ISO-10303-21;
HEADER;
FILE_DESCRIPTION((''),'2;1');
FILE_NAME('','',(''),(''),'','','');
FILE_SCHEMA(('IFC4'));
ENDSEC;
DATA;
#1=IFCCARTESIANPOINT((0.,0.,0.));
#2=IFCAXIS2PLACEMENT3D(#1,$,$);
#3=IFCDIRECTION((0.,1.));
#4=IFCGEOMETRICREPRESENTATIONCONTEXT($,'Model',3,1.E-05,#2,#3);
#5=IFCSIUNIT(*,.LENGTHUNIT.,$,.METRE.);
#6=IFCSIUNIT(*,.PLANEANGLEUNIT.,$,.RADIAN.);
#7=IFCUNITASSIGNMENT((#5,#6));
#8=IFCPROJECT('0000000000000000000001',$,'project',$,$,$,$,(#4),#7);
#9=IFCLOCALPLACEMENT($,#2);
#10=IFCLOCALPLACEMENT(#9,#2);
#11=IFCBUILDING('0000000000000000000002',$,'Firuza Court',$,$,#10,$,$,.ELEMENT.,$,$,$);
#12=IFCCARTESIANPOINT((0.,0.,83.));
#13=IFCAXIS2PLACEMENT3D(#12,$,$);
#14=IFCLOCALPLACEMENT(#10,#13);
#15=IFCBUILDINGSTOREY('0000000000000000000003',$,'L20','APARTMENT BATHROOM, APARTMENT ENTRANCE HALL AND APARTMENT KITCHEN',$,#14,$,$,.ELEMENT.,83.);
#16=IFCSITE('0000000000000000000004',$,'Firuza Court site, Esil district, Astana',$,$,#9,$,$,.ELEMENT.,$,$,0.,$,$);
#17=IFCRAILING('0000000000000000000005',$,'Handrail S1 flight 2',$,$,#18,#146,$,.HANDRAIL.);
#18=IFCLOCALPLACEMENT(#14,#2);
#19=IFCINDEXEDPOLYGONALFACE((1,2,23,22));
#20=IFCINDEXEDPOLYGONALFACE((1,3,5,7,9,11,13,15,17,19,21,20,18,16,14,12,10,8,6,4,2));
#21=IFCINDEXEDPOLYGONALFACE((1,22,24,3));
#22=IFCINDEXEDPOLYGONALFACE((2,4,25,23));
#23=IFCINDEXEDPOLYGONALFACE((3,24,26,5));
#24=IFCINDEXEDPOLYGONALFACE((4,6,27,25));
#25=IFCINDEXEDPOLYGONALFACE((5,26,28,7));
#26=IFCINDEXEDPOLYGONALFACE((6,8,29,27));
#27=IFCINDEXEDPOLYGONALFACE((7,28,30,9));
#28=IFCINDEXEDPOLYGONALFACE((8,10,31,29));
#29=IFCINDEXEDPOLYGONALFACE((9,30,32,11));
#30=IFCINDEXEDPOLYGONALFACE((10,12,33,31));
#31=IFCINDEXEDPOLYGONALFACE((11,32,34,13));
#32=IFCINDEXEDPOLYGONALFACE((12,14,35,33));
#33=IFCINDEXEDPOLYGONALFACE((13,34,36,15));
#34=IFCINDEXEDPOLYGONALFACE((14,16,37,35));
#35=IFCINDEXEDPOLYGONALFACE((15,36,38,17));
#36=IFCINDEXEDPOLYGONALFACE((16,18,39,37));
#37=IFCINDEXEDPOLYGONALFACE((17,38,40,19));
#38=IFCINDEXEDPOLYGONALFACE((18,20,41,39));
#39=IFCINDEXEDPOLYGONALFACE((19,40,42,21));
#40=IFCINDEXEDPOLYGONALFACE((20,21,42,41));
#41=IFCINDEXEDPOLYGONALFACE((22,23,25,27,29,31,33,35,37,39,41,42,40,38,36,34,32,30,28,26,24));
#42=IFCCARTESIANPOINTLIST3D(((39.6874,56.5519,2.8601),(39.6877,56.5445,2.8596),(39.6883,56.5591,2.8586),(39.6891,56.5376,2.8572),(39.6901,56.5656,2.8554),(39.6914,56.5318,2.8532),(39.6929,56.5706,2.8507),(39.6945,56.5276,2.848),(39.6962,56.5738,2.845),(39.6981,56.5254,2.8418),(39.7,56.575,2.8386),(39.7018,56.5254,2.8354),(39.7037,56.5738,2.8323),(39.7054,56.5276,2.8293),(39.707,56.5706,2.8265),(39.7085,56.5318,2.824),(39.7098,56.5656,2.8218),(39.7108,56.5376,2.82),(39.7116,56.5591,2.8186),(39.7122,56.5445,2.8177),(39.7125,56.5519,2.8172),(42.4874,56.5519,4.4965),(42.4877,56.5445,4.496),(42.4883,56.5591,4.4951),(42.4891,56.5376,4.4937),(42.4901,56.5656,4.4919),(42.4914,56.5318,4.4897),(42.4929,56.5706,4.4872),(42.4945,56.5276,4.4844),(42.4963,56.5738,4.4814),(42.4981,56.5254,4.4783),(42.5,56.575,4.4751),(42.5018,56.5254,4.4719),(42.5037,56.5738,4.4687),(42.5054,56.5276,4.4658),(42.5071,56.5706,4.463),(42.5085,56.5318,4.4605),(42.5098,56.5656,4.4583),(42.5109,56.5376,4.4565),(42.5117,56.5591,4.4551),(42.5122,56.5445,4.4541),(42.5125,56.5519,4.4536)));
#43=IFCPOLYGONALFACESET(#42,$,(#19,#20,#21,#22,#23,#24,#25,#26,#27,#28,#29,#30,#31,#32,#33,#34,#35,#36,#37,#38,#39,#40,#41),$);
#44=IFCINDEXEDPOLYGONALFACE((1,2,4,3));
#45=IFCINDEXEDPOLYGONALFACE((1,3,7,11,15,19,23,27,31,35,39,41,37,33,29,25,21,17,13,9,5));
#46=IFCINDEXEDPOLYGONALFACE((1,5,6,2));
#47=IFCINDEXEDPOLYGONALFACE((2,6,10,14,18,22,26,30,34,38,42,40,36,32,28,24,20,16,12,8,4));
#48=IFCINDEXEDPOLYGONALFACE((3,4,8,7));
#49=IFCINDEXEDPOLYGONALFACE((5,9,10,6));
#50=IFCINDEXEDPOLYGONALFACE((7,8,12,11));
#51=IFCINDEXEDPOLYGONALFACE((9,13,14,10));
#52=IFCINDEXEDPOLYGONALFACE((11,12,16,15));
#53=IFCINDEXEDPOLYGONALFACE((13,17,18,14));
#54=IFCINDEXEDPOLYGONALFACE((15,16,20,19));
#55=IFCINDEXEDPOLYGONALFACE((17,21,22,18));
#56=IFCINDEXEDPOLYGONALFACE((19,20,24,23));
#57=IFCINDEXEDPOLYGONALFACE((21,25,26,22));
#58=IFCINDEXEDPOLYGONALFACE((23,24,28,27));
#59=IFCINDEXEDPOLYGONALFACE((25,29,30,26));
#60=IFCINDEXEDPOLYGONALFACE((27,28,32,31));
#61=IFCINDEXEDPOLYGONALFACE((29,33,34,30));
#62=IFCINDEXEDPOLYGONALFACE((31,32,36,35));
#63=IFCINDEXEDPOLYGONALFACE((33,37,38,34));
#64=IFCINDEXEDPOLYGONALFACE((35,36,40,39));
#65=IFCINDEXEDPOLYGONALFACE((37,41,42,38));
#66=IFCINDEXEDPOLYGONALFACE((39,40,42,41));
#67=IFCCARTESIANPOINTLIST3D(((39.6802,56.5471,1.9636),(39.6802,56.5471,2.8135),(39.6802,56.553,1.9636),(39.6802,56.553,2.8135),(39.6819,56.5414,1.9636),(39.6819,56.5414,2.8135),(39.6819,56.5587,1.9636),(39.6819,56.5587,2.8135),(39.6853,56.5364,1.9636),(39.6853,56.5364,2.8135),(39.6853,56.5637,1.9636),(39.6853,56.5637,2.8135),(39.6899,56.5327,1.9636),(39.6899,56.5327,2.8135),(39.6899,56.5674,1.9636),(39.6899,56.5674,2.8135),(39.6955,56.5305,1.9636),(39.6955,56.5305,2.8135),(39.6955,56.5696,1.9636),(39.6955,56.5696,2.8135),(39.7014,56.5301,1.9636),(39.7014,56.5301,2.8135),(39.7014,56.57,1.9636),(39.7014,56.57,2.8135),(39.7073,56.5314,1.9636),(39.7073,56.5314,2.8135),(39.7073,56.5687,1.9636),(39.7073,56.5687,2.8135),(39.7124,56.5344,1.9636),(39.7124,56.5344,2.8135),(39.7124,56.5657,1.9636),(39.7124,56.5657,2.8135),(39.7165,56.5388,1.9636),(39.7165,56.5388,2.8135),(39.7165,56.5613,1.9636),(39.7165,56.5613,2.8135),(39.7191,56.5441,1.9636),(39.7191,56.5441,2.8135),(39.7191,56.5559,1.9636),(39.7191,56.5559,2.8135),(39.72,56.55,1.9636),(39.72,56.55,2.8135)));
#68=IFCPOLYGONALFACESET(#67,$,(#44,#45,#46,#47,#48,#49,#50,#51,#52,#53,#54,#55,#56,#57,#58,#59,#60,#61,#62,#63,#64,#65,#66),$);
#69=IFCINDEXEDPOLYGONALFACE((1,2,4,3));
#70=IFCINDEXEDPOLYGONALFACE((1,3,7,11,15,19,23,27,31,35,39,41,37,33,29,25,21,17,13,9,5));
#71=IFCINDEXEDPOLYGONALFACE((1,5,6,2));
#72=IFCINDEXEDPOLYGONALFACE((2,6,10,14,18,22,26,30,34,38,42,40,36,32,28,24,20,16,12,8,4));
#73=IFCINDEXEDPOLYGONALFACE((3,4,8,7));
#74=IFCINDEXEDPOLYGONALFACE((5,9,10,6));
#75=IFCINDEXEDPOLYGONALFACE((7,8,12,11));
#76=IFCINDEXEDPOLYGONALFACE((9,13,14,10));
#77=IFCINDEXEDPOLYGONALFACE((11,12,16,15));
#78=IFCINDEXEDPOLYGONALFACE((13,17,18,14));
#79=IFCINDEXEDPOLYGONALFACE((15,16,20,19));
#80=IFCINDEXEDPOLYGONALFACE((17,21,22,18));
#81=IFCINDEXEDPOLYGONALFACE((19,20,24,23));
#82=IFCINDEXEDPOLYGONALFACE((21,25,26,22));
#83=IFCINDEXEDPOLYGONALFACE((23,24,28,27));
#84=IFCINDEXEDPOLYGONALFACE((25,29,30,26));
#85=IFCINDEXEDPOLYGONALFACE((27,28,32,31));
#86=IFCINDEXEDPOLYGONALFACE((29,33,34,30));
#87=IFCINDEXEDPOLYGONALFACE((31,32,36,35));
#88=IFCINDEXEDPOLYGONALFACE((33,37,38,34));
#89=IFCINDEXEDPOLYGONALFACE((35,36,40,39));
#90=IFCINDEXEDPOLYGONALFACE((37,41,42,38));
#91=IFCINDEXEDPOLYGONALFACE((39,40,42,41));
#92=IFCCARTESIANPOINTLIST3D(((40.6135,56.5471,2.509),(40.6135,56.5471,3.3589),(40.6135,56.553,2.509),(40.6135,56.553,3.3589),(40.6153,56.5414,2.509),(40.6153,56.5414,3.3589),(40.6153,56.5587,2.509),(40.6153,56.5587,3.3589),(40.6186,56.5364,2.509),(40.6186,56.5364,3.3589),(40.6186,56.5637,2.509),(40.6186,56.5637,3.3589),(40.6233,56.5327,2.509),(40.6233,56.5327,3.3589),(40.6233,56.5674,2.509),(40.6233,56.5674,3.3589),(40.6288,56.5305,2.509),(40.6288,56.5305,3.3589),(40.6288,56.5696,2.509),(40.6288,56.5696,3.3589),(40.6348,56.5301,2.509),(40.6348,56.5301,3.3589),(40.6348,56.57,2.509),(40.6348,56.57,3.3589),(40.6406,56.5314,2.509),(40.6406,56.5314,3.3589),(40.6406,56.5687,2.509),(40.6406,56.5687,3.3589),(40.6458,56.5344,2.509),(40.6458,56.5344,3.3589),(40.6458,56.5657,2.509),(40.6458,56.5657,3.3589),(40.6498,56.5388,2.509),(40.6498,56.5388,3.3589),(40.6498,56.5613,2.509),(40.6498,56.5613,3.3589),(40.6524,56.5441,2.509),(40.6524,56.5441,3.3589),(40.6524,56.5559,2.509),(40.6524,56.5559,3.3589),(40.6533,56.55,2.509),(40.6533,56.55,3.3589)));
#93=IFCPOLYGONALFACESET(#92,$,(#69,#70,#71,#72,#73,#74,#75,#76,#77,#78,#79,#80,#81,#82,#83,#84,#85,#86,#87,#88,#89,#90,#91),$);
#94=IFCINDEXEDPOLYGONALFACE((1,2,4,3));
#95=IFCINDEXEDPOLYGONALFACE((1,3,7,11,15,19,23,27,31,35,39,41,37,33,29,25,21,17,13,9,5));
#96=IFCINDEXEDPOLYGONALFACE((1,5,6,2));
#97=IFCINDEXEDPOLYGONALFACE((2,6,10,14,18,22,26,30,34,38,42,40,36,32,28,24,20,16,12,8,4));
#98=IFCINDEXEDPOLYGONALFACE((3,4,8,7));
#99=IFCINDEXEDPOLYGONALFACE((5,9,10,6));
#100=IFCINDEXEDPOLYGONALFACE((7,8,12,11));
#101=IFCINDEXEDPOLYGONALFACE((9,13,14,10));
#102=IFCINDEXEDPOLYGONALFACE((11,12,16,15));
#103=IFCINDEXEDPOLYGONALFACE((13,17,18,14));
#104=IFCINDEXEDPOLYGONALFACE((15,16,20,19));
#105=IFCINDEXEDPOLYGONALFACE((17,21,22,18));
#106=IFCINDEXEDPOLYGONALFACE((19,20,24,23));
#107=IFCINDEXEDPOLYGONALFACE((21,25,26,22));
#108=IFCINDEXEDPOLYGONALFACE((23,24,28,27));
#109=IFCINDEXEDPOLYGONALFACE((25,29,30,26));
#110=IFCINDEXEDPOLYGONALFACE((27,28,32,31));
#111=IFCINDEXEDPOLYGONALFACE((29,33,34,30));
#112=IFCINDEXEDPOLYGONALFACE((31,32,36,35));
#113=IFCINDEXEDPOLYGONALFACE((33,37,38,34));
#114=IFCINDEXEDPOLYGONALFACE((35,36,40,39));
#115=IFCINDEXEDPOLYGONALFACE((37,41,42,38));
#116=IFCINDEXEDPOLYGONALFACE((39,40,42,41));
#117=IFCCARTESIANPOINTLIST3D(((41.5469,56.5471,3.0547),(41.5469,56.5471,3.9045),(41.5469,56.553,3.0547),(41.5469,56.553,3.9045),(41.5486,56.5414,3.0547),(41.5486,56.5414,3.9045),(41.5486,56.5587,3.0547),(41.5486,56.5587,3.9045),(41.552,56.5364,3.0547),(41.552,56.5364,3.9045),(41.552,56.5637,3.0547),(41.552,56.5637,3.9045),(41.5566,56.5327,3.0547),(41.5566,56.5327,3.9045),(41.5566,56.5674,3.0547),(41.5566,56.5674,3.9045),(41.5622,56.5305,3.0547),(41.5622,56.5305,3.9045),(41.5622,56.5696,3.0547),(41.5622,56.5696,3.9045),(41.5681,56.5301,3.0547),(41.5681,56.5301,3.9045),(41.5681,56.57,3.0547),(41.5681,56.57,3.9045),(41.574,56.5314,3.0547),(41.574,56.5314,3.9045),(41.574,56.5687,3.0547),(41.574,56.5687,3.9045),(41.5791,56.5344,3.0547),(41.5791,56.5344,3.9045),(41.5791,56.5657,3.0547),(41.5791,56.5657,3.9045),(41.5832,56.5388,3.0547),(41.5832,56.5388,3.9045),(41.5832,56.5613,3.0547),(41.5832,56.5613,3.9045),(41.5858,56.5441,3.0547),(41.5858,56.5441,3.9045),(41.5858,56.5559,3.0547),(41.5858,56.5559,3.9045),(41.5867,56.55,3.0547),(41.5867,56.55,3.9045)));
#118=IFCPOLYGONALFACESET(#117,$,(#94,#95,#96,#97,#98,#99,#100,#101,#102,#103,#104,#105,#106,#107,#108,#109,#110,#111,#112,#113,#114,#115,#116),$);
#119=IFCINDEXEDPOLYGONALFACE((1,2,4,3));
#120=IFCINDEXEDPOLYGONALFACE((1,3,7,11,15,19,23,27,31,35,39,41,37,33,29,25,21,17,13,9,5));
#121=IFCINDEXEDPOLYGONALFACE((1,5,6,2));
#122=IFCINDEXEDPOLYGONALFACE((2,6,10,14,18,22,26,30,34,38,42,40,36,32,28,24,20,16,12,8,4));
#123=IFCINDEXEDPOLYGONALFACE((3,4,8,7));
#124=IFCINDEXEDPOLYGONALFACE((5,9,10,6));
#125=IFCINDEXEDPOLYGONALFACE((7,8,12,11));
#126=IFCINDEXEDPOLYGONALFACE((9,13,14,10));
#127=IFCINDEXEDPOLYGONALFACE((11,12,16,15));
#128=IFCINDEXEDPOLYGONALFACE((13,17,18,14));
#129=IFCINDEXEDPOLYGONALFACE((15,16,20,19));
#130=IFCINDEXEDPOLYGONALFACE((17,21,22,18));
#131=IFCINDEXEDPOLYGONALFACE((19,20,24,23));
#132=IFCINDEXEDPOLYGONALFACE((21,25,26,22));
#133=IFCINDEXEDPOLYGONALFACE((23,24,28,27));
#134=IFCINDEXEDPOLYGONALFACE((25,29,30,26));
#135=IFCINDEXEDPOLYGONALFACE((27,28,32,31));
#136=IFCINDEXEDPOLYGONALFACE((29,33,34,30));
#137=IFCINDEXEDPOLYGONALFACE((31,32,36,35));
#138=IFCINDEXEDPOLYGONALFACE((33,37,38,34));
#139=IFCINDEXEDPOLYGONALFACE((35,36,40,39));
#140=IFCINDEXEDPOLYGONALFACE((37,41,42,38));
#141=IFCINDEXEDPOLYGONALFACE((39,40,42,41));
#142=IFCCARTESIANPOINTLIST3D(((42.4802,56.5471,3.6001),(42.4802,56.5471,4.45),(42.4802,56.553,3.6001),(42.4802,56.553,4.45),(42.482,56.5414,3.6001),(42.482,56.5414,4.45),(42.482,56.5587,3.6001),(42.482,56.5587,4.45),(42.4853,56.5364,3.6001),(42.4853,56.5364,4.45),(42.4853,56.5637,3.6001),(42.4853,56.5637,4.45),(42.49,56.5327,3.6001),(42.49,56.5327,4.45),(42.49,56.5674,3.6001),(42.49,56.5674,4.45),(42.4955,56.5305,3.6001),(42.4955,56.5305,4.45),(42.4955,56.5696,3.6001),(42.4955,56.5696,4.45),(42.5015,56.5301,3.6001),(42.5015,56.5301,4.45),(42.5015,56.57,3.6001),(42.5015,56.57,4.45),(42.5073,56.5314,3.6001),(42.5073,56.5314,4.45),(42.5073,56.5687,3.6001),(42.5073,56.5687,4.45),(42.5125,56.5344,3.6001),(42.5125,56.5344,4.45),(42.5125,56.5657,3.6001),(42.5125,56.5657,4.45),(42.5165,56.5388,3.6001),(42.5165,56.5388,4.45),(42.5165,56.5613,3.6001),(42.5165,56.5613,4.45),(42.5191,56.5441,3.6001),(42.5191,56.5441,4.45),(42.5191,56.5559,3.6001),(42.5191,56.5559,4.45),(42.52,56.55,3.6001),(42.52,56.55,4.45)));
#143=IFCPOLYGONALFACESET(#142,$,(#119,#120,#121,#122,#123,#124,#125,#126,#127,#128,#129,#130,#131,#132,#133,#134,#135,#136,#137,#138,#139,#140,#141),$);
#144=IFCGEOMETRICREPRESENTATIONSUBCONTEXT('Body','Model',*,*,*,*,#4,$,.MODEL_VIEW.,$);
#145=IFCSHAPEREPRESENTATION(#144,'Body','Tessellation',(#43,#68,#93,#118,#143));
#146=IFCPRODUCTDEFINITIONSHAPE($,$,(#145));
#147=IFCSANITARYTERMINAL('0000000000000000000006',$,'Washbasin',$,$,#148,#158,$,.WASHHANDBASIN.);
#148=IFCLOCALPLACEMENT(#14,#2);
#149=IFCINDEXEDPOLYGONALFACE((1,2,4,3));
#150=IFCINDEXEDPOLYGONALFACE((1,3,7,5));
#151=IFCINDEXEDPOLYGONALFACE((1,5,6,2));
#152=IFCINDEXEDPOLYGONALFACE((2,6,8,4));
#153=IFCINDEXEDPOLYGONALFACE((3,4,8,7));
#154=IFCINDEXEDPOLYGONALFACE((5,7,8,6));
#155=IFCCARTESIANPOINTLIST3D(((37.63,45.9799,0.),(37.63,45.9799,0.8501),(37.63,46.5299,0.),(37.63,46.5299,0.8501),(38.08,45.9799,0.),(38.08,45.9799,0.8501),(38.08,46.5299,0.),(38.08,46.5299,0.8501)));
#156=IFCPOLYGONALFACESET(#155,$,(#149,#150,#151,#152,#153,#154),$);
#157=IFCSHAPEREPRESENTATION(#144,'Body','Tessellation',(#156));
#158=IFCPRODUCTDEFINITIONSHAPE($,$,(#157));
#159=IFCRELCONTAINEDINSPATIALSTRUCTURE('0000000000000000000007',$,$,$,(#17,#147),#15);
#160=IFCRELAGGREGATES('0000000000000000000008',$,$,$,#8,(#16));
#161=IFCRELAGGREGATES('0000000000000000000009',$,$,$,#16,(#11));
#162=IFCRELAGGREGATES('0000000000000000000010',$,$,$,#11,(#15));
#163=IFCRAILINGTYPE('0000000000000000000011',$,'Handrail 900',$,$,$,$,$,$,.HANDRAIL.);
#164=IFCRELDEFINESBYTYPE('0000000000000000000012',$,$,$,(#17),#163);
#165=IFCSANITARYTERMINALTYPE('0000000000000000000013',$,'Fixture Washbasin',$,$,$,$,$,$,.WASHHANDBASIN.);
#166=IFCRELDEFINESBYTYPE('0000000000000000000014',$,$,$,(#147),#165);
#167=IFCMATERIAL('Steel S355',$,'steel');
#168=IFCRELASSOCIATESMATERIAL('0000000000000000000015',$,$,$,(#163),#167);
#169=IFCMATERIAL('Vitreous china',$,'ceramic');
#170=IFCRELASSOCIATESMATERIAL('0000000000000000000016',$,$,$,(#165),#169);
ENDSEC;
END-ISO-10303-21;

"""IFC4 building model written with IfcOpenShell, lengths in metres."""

from ifc_helpers import new_model, si_unit, direction, frame, origin, origin_2d, place, context, subcontext, project, spatial, rectangle, circle, extrude, material, type_object, element, save


model = new_model("IFC4")

# Units and contexts
model_context = context("Model", 3, precision=1e-05, world=origin(), true_north=direction((0.0, 1.0)))
body_context = subcontext(model_context, "Body", "Model", "MODEL_VIEW")
ifc_project = project(units=[si_unit("LENGTHUNIT", "METRE"), si_unit("PLANEANGLEUNIT", "RADIAN")], contexts=[model_context])

# Site, building, storey
site_placement = place(None, origin())
site = spatial("IfcSite", under=ifc_project, at=site_placement, Name="Firuza Court site, Esil district, Astana", CompositionType="ELEMENT", RefElevation=0.0)
building_placement = place(site_placement, origin())
building = spatial("IfcBuilding", under=site, at=building_placement, Name="Firuza Court", CompositionType="ELEMENT")
storey_placement = place(building_placement, frame((0.0, 0.0, 83.0)))
storey = spatial("IfcBuildingStorey", under=building, at=storey_placement, Name="L20", Description="APARTMENT BATHROOM, APARTMENT ENTRANCE HALL AND APARTMENT KITCHEN", CompositionType="ELEMENT", Elevation=83.0)

# Railing
ifc_material_1 = material(Name="Steel S355", Category="steel")
railing_type_1 = type_object("IfcRailingType", Name="Handrail 900", PredefinedType="HANDRAIL", material=ifc_material_1)
railing_1_placement = place(storey_placement, frame((39.7, 56.55, 1.9636)))
element("IfcRailing", 1, at=railing_1_placement, inside=storey, type_object=railing_type_1, Name="Handrail S1 flight 2", PredefinedType="HANDRAIL", context=body_context, shape_type="SweptSolid", body=[
    extrude(circle(Radius=0.0249, at=origin_2d()), frame((0.0, 0.0, 0.875), z_axis=(0.863361, 0.0, 0.504587), x_axis=(0.0, 1.0, 0.0)), (0.0, 0.0, 1.0), 3.2432),
    extrude(circle(Radius=0.02, at=origin_2d()), origin(), (0.0, 0.0, 1.0), 0.8499),
    extrude(circle(Radius=0.02, at=origin_2d()), frame((0.9333, 0.0, 0.5454)), (0.0, 0.0, 1.0), 0.8499),
    extrude(circle(Radius=0.02, at=origin_2d()), frame((1.8667, 0.0, 1.0911)), (0.0, 0.0, 1.0), 0.8499),
    extrude(circle(Radius=0.02, at=origin_2d()), frame((2.8, 0.0, 1.6365)), (0.0, 0.0, 1.0), 0.8499),
])

# Sanitary terminal
ifc_material_2 = material(Name="Vitreous china", Category="ceramic")
sanitary_terminal_type = type_object("IfcSanitaryTerminalType", Name="Fixture Washbasin", PredefinedType="WASHHANDBASIN", material=ifc_material_2)
sanitary_terminal_placement = place(storey_placement, frame((37.855, 46.2549, 0.0), z_axis=(0.0, 0.0, 1.0), x_axis=(1.0, 0.0, 0.0)))
element("IfcSanitaryTerminal", 2, at=sanitary_terminal_placement, inside=storey, type_object=sanitary_terminal_type, Name="Washbasin", PredefinedType="WASHHANDBASIN", context=body_context, shape_type="SweptSolid", body=[
    extrude(rectangle(XDim=0.45, YDim=0.55, at=origin_2d()), origin(), (0.0, 0.0, 1.0), 0.8501),
])

save(model, "model.ifc")
